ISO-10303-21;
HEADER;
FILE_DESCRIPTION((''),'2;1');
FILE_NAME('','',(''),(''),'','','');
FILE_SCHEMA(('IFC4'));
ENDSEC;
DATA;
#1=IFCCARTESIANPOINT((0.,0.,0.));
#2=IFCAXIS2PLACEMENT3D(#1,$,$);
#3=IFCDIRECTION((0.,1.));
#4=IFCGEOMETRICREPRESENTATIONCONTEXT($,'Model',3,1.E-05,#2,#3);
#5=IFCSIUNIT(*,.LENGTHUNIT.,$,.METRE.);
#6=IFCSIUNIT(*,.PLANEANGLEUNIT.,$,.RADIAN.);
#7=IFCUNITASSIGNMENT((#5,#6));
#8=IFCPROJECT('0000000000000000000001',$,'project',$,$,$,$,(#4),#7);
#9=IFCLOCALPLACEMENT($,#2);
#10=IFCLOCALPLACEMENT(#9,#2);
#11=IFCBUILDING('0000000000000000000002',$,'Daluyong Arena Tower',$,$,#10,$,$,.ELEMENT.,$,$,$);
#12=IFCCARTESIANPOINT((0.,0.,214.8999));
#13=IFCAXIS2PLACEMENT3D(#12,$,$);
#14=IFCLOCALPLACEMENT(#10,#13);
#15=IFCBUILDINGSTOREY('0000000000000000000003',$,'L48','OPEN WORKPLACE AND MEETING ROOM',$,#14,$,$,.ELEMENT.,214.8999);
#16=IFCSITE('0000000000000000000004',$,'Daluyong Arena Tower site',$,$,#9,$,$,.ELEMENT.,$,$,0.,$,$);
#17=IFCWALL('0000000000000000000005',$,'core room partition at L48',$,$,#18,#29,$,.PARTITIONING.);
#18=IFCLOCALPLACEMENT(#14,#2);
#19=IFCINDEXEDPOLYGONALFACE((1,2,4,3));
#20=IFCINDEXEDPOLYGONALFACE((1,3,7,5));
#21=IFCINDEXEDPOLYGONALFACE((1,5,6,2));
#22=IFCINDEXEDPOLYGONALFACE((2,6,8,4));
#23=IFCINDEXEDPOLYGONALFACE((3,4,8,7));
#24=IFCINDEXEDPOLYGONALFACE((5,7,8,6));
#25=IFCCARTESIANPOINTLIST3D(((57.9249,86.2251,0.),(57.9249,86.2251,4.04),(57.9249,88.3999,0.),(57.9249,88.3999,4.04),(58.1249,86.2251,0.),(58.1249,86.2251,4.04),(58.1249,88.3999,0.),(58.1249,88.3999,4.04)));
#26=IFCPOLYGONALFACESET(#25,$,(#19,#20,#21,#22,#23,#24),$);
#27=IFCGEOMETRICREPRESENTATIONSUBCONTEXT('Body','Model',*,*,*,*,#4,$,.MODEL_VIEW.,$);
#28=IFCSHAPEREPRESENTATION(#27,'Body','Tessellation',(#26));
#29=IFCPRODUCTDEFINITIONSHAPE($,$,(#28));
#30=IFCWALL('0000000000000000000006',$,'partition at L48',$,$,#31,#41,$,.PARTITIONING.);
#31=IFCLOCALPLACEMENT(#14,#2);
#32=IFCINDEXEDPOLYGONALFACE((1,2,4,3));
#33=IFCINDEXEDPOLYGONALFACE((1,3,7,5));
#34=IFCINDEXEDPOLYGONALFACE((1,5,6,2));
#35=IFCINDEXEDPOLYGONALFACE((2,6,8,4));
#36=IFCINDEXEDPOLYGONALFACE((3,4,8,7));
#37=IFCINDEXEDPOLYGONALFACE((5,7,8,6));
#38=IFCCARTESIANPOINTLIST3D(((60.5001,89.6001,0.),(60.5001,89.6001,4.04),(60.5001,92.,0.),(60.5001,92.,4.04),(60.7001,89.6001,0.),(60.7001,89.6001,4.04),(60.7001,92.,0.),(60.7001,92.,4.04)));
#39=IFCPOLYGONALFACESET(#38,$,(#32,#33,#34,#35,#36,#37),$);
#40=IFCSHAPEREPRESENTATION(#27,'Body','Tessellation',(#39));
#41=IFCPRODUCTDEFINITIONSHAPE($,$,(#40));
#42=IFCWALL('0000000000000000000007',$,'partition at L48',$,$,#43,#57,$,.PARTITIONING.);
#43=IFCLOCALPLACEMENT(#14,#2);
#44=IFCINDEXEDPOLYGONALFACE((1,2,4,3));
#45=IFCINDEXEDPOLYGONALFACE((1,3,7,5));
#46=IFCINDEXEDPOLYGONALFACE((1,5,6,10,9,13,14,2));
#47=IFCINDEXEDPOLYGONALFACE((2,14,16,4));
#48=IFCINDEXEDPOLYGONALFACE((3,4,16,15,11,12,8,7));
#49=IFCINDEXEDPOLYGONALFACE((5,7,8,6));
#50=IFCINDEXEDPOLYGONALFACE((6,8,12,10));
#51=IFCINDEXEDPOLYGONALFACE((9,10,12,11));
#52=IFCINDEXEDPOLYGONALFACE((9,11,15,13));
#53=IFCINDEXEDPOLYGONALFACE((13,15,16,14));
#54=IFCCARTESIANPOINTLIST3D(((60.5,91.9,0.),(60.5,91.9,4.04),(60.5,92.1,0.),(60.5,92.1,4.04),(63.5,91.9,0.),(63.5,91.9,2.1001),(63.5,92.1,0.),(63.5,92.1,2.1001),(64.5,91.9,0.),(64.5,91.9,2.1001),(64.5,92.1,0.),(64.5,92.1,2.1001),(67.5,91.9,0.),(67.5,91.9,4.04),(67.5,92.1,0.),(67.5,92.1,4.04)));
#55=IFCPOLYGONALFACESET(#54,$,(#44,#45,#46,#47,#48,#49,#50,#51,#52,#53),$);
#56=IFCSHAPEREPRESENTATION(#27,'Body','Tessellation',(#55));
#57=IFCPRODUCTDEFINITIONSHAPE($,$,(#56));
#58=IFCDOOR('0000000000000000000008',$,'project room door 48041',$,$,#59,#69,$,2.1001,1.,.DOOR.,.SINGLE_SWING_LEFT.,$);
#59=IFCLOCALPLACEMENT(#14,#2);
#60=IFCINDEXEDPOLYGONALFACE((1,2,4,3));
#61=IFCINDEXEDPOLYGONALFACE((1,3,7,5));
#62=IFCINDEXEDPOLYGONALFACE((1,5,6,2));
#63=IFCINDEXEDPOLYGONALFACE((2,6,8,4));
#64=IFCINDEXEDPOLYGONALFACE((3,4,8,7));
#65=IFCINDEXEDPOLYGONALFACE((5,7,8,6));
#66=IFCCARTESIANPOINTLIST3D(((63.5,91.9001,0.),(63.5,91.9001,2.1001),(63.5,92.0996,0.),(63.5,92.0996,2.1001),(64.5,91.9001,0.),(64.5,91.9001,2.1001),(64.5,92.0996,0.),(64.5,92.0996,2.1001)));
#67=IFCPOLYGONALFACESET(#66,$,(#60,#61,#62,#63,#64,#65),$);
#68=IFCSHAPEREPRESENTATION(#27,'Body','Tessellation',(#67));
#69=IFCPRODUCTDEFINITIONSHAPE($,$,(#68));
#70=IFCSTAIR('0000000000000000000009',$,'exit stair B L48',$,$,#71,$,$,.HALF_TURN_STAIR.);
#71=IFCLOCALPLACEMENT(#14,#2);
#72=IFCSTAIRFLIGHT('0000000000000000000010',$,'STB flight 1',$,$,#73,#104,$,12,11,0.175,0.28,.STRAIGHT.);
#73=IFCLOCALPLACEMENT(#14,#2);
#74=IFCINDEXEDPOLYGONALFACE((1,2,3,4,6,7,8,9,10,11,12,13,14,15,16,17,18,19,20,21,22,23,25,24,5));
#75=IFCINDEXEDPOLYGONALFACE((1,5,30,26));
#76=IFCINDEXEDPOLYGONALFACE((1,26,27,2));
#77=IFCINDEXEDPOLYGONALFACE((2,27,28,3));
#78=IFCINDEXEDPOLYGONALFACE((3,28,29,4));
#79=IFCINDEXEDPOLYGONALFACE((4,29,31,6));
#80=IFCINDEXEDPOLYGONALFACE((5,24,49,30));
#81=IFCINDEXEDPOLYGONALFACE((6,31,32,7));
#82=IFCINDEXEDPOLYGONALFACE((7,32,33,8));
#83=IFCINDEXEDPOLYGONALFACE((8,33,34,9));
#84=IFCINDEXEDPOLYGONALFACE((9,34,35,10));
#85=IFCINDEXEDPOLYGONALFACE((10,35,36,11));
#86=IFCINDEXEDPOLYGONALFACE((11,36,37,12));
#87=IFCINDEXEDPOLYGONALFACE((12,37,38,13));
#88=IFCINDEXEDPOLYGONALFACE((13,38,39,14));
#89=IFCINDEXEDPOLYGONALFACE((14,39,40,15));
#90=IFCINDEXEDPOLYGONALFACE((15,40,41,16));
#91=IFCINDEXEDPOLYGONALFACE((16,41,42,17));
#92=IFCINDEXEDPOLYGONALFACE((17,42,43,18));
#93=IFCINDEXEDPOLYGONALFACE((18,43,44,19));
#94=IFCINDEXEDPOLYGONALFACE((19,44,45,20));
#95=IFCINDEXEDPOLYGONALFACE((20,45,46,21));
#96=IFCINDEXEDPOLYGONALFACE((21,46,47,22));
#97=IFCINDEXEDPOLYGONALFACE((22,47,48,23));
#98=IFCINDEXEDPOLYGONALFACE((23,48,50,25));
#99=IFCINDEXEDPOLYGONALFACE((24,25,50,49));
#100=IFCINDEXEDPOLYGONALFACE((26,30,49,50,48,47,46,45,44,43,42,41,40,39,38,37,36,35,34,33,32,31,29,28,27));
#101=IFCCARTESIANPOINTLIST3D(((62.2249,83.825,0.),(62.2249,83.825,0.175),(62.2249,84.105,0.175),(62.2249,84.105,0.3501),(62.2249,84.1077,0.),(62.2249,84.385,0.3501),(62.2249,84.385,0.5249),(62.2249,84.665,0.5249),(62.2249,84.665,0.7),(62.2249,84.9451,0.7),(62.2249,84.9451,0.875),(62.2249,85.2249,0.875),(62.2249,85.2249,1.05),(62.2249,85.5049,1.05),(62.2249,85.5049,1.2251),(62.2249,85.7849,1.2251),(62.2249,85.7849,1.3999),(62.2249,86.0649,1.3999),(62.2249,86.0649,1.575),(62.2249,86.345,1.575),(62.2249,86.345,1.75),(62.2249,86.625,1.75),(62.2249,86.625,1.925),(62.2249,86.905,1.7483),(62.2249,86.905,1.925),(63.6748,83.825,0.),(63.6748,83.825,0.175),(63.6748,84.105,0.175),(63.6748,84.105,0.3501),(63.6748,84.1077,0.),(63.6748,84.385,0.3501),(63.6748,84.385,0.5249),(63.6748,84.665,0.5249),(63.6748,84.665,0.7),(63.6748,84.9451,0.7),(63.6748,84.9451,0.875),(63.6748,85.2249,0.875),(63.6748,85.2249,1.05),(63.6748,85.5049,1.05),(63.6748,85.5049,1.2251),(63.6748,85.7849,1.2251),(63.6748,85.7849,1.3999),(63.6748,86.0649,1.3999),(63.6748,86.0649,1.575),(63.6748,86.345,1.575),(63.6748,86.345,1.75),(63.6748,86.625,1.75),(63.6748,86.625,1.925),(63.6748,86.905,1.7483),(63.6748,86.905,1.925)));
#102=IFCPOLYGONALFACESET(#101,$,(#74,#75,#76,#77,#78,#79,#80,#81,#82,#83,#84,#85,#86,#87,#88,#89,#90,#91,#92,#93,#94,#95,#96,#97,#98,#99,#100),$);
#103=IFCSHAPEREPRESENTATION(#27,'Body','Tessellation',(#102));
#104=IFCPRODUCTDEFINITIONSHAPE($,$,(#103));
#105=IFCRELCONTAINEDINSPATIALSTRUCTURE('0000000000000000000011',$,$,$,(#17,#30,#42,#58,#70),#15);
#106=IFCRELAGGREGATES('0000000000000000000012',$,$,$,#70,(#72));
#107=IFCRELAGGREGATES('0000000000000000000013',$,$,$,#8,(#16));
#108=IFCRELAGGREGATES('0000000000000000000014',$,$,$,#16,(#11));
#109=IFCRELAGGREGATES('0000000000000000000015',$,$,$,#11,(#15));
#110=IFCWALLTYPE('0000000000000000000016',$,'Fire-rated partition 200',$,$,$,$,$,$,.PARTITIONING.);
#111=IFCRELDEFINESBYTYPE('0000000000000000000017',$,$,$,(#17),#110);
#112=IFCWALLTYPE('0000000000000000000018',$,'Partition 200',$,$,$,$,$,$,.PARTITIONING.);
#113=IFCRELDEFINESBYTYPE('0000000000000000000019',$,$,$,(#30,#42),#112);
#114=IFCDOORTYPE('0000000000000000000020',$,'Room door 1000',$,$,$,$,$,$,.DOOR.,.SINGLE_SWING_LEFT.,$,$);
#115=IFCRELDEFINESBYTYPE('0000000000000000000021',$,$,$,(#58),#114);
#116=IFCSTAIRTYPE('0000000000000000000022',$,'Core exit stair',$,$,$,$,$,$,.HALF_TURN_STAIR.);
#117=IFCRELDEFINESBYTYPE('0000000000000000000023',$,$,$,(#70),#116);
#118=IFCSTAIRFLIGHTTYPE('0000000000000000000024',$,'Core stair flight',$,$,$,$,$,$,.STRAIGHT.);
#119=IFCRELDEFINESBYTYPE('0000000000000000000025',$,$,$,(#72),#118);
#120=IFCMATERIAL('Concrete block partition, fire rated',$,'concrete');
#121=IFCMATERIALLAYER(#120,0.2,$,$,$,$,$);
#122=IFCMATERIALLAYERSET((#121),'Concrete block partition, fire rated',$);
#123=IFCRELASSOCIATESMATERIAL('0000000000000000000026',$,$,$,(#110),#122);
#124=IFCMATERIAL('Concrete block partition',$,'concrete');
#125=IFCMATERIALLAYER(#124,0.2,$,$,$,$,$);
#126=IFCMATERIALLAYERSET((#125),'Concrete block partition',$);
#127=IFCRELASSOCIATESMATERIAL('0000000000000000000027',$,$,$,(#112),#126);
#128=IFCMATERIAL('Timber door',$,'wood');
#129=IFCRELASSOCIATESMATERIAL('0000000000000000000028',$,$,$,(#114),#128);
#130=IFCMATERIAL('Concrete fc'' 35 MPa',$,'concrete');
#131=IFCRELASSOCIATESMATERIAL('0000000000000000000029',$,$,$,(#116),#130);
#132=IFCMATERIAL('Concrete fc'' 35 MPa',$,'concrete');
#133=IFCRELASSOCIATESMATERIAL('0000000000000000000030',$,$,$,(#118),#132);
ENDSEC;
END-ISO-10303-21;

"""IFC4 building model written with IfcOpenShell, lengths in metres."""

from ifc_helpers import new_model, si_unit, direction, frame, frame_2d, origin, place, context, subcontext, project, spatial, polyline, rectangle, outline, extrude, material, layer, layer_set, type_object, element, fill, aggregate, save


model = new_model("IFC4")

# Units and contexts
model_context = context("Model", 3, precision=1e-05, world=origin(), true_north=direction((0.0, 1.0)))
body_context = subcontext(model_context, "Body", "Model", "MODEL_VIEW")
ifc_project = project(units=[si_unit("LENGTHUNIT", "METRE"), si_unit("PLANEANGLEUNIT", "RADIAN")], contexts=[model_context])

# Site, building, storey
site_placement = place(None, origin())
site = spatial("IfcSite", under=ifc_project, at=site_placement, Name="Daluyong Arena Tower site", CompositionType="ELEMENT", RefElevation=0.0)
building_placement = place(site_placement, origin())
building = spatial("IfcBuilding", under=site, at=building_placement, Name="Daluyong Arena Tower", CompositionType="ELEMENT")
storey_placement = place(building_placement, frame((0.0, 0.0, 214.8999)))
storey = spatial("IfcBuildingStorey", under=building, at=storey_placement, Name="L48", Description="OPEN WORKPLACE AND MEETING ROOM", CompositionType="ELEMENT", Elevation=214.8999)

# Shared definitions
ifc_material_1 = material(Name="Concrete block partition, fire rated", Category="concrete")
ifc_layer_1 = layer(ifc_material_1, 0.2)
ifc_layer_set_1 = layer_set([ifc_layer_1], Name="Concrete block partition, fire rated")
wall_type_1 = type_object("IfcWallType", Name="Fire-rated partition 200", PredefinedType="PARTITIONING", material=ifc_layer_set_1)

# Walls
wall_1_placement = place(storey_placement, frame((58.0249, 86.2251, 0.0), z_axis=(0.0, 0.0, 1.0), x_axis=(0.0, 1.0, 0.0)))
element("IfcWall", 1, at=wall_1_placement, inside=storey, type_object=wall_type_1, Name="core room partition at L48", PredefinedType="PARTITIONING", context=body_context, shape_type="SweptSolid", body=[
    extrude(rectangle(XDim=2.1748, YDim=0.2, at=frame_2d((1.0874, 0.0))), origin(), (0.0, 0.0, 1.0), 4.04),
])
ifc_material_2 = material(Name="Concrete block partition", Category="concrete")
ifc_layer_2 = layer(ifc_material_2, 0.2)
ifc_layer_set_2 = layer_set([ifc_layer_2], Name="Concrete block partition")
wall_type_2 = type_object("IfcWallType", Name="Partition 200", PredefinedType="PARTITIONING", material=ifc_layer_set_2)
wall_2_placement = place(storey_placement, frame((60.6001, 89.6001, 0.0), z_axis=(0.0, 0.0, 1.0), x_axis=(0.0, 1.0, 0.0)))
element("IfcWall", 2, at=wall_2_placement, inside=storey, type_object=wall_type_2, Name="partition at L48", PredefinedType="PARTITIONING", context=body_context, shape_type="SweptSolid", body=[
    extrude(rectangle(XDim=2.3999, YDim=0.2, at=frame_2d((1.2, 0.0))), origin(), (0.0, 0.0, 1.0), 4.04),
])

# Wall, opening, door
wall_3_placement = place(storey_placement, frame((60.5, 92.0, 0.0), z_axis=(0.0, 0.0, 1.0), x_axis=(1.0, 0.0, 0.0)))
wall_3 = element("IfcWall", 3, at=wall_3_placement, inside=storey, type_object=wall_type_2, Name="partition at L48", PredefinedType="PARTITIONING", context=body_context, shape_type="SweptSolid", body=[
    extrude(rectangle(XDim=7.0, YDim=0.2, at=frame_2d((3.5, 0.0))), origin(), (0.0, 0.0, 1.0), 4.04),
])
opening_1_placement = place(wall_3_placement, frame((3.0, 0.0, 0.0)))
opening_1 = element("IfcOpeningElement", 4, at=opening_1_placement, cuts=wall_3, PredefinedType="OPENING", context=body_context, shape_type="SweptSolid", body=[
    extrude(rectangle(XDim=1.0, YDim=2.1001, at=frame_2d((0.5, 1.05))), frame((0.0, 0.1099, 0.0), z_axis=(0.0, -1.0, 0.0), x_axis=(1.0, 0.0, 0.0)), (0.0, 0.0, 1.0), 0.22),
])
ifc_material_3 = material(Name="Timber door", Category="wood")
door_type_1 = type_object("IfcDoorType", Name="Room door 1000", OperationType="SINGLE_SWING_LEFT", PredefinedType="DOOR", material=ifc_material_3)
door_1_placement = place(opening_1_placement, origin())
door_1 = element("IfcDoor", 5, at=door_1_placement, inside=storey, type_object=door_type_1, Name="project room door 48041", OperationType="SINGLE_SWING_LEFT", OverallHeight=2.1001, OverallWidth=1.0, PredefinedType="DOOR", context=body_context, shape_type="SweptSolid", body=[
    extrude(rectangle(XDim=1.0, YDim=2.1001, at=frame_2d((0.5, 1.05))), frame((0.0, 0.0996, 0.0), z_axis=(0.0, -1.0, 0.0), x_axis=(1.0, 0.0, 0.0)), (0.0, 0.0, 1.0), 0.1995),
])
fill(opening_1, door_1)

# Stair, stair flight
ifc_material_4 = material(Name="Concrete fc' 35 MPa", Category="concrete")
stair_type = type_object("IfcStairType", Name="Core exit stair", PredefinedType="HALF_TURN_STAIR", material=ifc_material_4)
stair_placement = place(storey_placement, origin())
stair = element("IfcStair", 6, at=stair_placement, inside=storey, type_object=stair_type, Name="exit stair B L48", PredefinedType="HALF_TURN_STAIR")
ifc_material_5 = material(Name="Concrete fc' 35 MPa", Category="concrete")
stair_flight_type = type_object("IfcStairFlightType", Name="Core stair flight", PredefinedType="STRAIGHT", material=ifc_material_5)
stair_flight_placement = place(storey_placement, frame((62.95, 83.825, 0.0), z_axis=(0.0, 0.0, 1.0), x_axis=(0.0, 1.0, 0.0)))
stair_flight = element("IfcStairFlight", 7, at=stair_flight_placement, type_object=stair_flight_type, Name="STB flight 1", NumberOfRisers=12, NumberOfTreads=11, PredefinedType="STRAIGHT", RiserHeight=0.175, TreadLength=0.28, context=body_context, shape_type="SweptSolid", body=[
    extrude(outline(polyline([(0.0, 0.0), (0.0, 0.175), (0.28, 0.175), (0.28, 0.3501), (0.5601, 0.3501), (0.5601, 0.5249), (0.8401, 0.5249), (0.8401, 0.7), (1.1201, 0.7), (1.1201, 0.875), (1.3999, 0.875), (1.3999, 1.05), (1.6799, 1.05), (1.6799, 1.2251), (1.96, 1.2251), (1.96, 1.3999), (2.24, 1.3999), (2.24, 1.575), (2.52, 1.575), (2.52, 1.75), (2.8, 1.75), (2.8, 1.925), (3.0801, 1.925), (3.0801, 2.1001), (3.0801, 1.7483), (0.2827, 0.0), (0.0, 0.0)])), frame((0.0, 0.7251, 0.0), z_axis=(0.0, -1.0, 0.0), x_axis=(1.0, 0.0, 0.0)), (0.0, 0.0, 1.0), 1.45),
])
aggregate(stair, [stair_flight])

save(model, "model.ifc")
